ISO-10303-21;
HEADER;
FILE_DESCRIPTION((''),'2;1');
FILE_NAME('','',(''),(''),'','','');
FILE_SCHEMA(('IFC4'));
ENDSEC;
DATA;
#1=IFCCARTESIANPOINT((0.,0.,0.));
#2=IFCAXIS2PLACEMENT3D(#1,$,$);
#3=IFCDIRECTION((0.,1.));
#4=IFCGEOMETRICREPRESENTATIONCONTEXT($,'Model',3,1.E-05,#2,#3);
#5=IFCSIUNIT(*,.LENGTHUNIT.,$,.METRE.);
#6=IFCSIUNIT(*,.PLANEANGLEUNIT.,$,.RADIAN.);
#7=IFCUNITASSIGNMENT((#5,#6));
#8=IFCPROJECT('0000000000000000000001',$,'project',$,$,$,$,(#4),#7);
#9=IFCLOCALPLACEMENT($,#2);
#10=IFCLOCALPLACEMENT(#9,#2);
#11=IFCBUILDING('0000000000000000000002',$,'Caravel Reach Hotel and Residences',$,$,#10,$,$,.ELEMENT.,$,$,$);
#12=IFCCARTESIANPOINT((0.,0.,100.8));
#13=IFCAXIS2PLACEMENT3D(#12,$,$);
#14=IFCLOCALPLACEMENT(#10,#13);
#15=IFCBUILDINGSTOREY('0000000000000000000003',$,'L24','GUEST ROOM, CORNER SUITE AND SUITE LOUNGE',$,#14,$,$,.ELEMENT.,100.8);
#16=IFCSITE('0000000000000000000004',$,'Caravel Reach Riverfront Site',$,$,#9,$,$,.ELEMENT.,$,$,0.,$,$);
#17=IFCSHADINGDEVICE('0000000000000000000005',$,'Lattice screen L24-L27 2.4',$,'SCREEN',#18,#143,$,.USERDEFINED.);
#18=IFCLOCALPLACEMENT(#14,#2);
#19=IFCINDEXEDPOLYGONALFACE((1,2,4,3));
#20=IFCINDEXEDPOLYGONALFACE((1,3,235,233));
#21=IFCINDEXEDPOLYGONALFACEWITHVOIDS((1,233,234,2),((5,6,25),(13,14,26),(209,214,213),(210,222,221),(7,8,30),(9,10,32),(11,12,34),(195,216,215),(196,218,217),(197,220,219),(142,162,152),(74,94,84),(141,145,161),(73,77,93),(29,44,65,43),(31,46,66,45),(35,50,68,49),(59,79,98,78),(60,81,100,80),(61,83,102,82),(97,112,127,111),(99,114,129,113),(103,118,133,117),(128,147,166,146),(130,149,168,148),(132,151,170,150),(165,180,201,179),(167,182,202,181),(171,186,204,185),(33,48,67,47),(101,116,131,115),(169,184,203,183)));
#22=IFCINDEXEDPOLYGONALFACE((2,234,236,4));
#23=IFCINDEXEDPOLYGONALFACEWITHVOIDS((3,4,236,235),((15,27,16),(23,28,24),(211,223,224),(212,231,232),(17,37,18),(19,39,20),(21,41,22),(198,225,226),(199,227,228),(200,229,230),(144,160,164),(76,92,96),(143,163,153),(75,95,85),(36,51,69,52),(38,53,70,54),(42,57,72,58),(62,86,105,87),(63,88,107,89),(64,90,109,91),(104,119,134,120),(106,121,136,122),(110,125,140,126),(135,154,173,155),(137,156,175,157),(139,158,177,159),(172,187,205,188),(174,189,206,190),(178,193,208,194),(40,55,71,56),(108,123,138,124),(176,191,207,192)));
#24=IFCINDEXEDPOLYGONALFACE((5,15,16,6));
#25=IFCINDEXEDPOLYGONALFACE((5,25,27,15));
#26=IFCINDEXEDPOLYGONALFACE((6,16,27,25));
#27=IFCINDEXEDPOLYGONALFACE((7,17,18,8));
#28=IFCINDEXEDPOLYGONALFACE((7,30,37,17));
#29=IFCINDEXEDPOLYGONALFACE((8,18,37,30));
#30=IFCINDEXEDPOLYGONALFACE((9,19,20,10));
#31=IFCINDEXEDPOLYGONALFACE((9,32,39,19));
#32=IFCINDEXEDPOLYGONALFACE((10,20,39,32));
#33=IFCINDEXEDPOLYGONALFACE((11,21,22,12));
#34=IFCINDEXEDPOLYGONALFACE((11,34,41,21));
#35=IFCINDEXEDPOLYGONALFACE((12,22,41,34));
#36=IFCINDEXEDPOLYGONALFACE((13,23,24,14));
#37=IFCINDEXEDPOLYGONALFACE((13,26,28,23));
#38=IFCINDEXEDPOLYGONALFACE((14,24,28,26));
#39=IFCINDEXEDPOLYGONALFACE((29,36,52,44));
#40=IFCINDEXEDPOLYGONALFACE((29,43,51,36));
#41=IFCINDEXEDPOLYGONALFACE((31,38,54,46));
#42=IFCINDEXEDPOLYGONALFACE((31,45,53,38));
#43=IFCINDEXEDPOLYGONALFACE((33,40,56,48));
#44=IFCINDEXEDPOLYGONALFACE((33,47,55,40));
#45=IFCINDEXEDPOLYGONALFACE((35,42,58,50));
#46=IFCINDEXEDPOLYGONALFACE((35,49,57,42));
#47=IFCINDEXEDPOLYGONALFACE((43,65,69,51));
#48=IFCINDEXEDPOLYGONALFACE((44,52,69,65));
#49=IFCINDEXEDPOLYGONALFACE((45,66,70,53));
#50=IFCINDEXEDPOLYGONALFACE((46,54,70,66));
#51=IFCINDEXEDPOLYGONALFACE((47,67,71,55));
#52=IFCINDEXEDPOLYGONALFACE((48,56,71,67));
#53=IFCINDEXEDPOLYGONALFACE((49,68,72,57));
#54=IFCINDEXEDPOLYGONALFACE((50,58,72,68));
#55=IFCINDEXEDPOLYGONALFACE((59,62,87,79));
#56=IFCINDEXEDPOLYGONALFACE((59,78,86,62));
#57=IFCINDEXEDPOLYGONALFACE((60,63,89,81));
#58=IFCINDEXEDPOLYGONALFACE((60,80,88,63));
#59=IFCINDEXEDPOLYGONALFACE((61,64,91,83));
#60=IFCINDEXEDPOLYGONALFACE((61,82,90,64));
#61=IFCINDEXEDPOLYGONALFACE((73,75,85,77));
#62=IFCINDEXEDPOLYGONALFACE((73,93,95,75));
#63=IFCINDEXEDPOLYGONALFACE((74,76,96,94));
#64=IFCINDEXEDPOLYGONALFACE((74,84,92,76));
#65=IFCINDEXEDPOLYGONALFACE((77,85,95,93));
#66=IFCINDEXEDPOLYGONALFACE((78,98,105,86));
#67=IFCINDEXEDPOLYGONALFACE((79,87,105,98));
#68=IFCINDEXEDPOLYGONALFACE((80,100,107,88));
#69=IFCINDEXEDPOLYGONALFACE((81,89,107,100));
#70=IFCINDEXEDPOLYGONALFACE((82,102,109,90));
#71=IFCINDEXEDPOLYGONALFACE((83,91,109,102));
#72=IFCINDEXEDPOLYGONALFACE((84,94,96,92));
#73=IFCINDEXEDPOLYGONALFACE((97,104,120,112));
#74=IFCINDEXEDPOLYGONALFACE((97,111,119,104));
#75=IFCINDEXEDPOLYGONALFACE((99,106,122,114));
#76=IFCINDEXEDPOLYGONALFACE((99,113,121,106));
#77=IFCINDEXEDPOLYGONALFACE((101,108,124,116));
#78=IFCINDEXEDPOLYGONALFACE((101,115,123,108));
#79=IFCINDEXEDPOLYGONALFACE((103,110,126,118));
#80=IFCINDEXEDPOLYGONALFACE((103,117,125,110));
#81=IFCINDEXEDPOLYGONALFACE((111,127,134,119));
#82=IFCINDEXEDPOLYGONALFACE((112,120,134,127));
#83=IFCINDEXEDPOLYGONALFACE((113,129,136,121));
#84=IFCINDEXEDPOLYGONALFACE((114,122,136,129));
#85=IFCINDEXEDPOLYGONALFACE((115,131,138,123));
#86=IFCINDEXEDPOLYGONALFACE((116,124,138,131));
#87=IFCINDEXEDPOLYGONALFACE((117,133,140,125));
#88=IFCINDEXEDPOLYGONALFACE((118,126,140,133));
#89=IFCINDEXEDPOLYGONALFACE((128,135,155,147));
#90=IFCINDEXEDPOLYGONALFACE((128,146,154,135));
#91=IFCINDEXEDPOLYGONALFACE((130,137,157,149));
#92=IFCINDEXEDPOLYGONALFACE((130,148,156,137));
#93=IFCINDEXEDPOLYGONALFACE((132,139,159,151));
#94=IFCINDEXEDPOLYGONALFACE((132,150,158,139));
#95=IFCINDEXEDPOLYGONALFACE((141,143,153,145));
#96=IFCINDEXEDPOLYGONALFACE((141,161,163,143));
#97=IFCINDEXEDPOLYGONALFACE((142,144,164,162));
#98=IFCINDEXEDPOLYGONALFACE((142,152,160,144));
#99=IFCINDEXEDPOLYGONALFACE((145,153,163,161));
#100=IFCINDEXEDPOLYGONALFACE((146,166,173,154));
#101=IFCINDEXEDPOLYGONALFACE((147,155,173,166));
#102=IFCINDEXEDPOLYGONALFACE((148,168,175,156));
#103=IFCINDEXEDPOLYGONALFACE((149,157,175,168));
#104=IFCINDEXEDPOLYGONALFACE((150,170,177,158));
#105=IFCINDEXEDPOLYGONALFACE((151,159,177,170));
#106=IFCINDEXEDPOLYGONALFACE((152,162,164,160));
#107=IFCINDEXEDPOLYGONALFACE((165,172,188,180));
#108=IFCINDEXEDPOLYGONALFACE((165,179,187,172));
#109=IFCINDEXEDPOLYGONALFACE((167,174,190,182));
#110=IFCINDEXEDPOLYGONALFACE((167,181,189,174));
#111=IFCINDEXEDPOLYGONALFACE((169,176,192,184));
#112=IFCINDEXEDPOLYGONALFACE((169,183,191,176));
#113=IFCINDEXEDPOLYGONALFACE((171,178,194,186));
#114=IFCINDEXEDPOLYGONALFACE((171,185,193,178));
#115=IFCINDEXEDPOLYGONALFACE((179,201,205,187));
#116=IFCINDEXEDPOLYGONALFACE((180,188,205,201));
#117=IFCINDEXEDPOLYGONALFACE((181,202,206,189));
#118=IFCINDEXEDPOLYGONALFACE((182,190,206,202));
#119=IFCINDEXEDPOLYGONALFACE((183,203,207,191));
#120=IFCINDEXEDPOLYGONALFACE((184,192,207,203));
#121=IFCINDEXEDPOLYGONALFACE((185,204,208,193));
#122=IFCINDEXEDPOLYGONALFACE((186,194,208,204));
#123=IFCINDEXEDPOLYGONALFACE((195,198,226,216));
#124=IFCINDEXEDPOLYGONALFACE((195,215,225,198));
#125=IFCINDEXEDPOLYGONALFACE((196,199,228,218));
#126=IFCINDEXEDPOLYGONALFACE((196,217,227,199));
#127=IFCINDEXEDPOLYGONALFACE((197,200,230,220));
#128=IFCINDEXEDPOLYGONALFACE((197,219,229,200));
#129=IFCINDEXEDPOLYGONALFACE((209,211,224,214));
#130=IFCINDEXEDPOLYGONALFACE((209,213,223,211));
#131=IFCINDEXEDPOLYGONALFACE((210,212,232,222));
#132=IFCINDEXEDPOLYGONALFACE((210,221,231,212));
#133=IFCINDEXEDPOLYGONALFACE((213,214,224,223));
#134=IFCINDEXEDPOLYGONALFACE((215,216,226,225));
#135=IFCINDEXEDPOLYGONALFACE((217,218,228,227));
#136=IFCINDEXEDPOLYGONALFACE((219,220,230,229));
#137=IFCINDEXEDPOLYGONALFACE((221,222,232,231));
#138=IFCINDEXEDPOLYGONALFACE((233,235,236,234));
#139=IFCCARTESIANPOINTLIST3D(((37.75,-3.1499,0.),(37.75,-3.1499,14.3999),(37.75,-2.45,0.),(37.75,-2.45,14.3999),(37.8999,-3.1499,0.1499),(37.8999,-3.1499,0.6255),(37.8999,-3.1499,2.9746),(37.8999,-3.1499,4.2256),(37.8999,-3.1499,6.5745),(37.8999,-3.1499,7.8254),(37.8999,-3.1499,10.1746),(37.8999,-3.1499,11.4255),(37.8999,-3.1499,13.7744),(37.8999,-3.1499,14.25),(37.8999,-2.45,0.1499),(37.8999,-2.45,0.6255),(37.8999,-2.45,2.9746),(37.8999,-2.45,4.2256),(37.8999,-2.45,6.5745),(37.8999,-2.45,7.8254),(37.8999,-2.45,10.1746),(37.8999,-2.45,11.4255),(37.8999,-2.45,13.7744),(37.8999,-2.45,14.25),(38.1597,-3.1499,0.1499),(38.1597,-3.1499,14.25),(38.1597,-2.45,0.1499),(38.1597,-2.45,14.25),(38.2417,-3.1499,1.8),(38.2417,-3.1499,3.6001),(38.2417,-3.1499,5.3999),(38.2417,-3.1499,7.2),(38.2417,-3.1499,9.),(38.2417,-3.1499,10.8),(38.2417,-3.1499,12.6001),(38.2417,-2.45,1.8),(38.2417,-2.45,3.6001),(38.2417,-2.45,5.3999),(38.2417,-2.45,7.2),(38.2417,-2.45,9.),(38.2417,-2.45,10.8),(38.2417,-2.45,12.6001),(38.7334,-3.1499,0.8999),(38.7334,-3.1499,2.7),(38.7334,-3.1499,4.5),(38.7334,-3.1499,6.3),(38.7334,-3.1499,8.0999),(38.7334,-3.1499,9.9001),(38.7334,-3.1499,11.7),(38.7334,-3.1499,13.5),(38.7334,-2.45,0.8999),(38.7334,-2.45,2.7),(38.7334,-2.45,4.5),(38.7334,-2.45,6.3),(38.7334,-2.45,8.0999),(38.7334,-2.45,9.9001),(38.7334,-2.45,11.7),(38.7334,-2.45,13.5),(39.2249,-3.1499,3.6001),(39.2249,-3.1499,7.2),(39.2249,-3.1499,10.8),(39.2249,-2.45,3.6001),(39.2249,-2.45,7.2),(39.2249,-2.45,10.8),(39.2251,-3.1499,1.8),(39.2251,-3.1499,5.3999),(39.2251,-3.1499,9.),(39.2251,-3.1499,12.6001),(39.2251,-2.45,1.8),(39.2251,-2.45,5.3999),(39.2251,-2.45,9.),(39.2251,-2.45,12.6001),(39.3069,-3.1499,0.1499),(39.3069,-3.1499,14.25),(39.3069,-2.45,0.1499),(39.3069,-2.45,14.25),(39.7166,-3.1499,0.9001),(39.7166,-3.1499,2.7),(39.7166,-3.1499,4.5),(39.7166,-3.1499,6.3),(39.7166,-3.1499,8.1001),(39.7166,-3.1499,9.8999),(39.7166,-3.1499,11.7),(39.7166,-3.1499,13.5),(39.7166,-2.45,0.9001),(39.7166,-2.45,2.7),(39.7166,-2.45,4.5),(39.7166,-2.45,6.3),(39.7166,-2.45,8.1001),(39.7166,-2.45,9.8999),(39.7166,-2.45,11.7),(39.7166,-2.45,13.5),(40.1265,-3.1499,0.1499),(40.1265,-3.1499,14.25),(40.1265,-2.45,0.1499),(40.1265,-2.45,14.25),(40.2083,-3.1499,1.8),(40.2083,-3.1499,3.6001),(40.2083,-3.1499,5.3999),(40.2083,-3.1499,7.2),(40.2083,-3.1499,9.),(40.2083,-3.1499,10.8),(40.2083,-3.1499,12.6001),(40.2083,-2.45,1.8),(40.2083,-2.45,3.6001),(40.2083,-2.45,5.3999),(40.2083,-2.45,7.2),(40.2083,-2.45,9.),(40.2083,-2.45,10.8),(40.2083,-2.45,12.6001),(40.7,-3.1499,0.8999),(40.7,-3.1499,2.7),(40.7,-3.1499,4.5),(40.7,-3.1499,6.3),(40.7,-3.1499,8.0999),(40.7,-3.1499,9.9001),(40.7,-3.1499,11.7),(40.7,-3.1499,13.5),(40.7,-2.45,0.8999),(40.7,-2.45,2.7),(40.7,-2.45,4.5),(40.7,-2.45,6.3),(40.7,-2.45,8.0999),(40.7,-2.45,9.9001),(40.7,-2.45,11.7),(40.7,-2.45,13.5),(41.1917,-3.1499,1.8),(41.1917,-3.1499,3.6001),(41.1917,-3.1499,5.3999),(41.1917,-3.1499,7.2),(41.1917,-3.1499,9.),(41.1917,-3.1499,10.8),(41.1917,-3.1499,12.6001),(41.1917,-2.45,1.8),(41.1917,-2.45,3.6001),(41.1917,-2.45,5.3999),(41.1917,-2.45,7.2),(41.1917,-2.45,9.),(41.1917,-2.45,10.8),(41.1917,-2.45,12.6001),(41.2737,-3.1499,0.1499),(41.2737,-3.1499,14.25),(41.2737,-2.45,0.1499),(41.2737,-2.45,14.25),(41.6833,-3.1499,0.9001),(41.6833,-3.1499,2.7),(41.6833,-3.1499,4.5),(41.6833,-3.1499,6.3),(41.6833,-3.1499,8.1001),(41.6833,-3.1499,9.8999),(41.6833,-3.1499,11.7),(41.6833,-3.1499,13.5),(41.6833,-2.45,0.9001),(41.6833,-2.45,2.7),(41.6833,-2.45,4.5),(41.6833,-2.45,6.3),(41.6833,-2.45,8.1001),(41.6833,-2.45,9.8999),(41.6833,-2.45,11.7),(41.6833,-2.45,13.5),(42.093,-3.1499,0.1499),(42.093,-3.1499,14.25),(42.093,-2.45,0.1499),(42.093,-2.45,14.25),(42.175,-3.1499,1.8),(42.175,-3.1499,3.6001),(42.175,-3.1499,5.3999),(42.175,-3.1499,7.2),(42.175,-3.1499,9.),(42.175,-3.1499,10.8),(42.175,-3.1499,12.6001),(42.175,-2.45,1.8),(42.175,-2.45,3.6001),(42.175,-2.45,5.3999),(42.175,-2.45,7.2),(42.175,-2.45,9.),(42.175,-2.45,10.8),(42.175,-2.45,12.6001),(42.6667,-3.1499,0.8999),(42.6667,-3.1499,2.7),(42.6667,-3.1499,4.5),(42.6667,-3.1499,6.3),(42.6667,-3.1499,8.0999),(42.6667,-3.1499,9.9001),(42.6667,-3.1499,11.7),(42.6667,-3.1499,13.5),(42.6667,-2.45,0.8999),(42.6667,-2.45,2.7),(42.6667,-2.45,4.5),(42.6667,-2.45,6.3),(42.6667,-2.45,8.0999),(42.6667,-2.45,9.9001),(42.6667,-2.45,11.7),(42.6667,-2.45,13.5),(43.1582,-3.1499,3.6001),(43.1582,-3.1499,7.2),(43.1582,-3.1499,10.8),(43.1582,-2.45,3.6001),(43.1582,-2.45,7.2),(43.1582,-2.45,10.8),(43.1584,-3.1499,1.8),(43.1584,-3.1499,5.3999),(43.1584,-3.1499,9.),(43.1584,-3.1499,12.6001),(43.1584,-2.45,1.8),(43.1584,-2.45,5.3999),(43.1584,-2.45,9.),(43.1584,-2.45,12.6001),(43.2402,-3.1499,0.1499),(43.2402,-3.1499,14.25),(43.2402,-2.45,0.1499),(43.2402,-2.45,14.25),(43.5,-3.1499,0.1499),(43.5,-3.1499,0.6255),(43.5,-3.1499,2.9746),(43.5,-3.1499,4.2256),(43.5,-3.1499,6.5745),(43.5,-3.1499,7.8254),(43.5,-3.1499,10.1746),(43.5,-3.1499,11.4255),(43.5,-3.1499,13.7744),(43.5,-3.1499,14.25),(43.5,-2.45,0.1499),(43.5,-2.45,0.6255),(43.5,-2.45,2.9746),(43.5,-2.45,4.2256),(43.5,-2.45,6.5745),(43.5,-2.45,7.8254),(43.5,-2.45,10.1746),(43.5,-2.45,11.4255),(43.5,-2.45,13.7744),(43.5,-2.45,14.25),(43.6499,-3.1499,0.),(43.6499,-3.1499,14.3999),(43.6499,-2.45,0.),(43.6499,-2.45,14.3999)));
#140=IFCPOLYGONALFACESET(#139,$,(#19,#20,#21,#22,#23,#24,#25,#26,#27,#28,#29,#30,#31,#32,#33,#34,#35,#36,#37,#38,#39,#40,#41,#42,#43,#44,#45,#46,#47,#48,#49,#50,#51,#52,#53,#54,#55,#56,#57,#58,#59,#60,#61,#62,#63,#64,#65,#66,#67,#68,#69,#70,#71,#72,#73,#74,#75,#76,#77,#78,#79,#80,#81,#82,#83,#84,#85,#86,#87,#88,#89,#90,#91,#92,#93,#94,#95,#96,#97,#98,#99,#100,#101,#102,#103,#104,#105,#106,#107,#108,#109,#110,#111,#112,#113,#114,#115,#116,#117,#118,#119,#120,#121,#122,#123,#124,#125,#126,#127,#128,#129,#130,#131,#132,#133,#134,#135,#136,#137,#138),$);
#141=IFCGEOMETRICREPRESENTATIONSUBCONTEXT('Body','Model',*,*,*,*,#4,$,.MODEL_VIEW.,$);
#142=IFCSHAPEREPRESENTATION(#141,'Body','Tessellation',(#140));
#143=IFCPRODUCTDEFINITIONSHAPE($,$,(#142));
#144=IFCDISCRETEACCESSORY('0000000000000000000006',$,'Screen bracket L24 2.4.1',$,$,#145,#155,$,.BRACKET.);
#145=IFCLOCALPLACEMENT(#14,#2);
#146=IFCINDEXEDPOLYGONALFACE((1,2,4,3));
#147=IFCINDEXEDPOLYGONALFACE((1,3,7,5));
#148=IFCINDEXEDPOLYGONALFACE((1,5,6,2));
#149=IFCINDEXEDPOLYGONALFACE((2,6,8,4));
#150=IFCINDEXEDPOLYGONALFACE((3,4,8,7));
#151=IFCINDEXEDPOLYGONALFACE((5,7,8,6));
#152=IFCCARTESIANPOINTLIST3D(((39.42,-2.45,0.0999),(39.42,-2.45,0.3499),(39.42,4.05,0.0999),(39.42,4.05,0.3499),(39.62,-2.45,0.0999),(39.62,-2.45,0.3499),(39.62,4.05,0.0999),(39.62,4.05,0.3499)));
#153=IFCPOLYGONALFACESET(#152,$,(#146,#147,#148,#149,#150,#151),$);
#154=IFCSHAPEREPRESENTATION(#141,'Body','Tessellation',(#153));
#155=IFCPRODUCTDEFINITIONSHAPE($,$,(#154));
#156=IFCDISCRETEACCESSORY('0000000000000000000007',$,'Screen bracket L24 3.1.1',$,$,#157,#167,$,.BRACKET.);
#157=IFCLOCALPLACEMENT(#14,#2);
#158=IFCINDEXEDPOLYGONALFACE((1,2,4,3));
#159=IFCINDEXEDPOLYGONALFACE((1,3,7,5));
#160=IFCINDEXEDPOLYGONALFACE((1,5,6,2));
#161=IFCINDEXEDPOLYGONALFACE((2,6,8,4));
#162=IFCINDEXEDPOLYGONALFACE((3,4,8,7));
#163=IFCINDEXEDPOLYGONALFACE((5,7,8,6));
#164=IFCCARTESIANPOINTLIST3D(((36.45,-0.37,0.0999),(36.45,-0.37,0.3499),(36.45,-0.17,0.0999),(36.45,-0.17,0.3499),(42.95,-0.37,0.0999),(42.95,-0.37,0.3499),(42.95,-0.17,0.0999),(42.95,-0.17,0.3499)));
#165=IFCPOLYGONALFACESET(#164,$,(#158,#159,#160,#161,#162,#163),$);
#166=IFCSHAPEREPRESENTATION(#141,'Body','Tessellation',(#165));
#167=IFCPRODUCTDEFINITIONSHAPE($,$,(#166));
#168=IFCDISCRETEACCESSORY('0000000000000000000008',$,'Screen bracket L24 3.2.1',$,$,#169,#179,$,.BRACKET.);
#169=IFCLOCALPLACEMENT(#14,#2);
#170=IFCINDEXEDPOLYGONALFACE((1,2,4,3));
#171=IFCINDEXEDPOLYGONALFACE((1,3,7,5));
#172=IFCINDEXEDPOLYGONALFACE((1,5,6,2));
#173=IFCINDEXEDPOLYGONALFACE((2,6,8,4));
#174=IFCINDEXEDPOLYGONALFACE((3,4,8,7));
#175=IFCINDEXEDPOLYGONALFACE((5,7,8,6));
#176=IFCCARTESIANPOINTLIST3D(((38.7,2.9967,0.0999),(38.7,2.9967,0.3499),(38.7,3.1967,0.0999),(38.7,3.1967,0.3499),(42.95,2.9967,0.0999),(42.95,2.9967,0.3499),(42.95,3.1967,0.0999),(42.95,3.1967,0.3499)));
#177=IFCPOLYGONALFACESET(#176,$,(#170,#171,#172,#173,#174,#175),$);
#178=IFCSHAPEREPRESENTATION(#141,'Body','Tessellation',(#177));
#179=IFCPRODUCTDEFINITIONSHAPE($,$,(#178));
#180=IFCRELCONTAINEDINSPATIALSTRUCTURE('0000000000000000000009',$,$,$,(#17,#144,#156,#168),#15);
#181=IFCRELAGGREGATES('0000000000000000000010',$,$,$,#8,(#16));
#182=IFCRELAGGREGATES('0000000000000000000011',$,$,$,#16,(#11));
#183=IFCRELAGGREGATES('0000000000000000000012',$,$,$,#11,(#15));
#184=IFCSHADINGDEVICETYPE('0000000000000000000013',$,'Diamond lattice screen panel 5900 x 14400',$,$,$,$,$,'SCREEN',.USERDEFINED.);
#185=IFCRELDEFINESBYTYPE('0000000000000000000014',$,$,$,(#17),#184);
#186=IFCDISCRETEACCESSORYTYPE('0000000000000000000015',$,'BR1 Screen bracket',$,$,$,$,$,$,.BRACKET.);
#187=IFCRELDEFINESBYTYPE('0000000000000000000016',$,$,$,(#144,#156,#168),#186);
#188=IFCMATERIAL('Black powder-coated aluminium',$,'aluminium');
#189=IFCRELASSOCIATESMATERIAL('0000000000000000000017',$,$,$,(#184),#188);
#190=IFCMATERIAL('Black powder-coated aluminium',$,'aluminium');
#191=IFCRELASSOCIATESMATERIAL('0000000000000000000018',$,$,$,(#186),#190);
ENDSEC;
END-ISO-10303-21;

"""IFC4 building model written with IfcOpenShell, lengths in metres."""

from ifc_helpers import new_model, si_unit, direction, frame, origin, origin_2d, place, context, subcontext, project, spatial, polyline, rectangle, outline, extrude, material, type_object, element, save


model = new_model("IFC4")

# Units and contexts
model_context = context("Model", 3, precision=1e-05, world=origin(), true_north=direction((0.0, 1.0)))
body_context = subcontext(model_context, "Body", "Model", "MODEL_VIEW")
ifc_project = project(units=[si_unit("LENGTHUNIT", "METRE"), si_unit("PLANEANGLEUNIT", "RADIAN")], contexts=[model_context])

# Site, building, storey
site_placement = place(None, origin())
site = spatial("IfcSite", under=ifc_project, at=site_placement, Name="Caravel Reach Riverfront Site", CompositionType="ELEMENT", RefElevation=0.0)
building_placement = place(site_placement, origin())
building = spatial("IfcBuilding", under=site, at=building_placement, Name="Caravel Reach Hotel and Residences", CompositionType="ELEMENT")
storey_placement = place(building_placement, frame((0.0, 0.0, 100.8)))
storey = spatial("IfcBuildingStorey", under=building, at=storey_placement, Name="L24", Description="GUEST ROOM, CORNER SUITE AND SUITE LOUNGE", CompositionType="ELEMENT", Elevation=100.8)

# Shading device
ifc_material_1 = material(Name="Black powder-coated aluminium", Category="aluminium")
shading_device_type_1 = type_object("IfcShadingDeviceType", Name="Diamond lattice screen panel 5900 x 14400", ElementType="SCREEN", PredefinedType="USERDEFINED", material=ifc_material_1)
shading_device_placement = place(storey_placement, frame((37.75, -2.45, 0.0), z_axis=(0.0, -1.0, 0.0), x_axis=(1.0, 0.0, 0.0)))
element("IfcShadingDevice", 1, at=shading_device_placement, inside=storey, type_object=shading_device_type_1, Name="Lattice screen L24-L27 2.4", ObjectType="SCREEN", PredefinedType="USERDEFINED", context=body_context, shape_type="SweptSolid", body=[
    extrude(outline(polyline([(0.0, 0.0), (5.8999, 0.0), (5.8999, 14.3999), (0.0, 14.3999), (0.0, 0.0)]), holes=[polyline([(0.4097, 0.1499), (0.1499, 0.6255), (0.1499, 0.1499), (0.4097, 0.1499)]), polyline([(0.4917, 3.6001), (0.1499, 4.2256), (0.1499, 2.9746), (0.4917, 3.6001)]), polyline([(0.4917, 7.2), (0.1499, 7.8254), (0.1499, 6.5745), (0.4917, 7.2)]), polyline([(0.4917, 10.8), (0.1499, 11.4255), (0.1499, 10.1746), (0.4917, 10.8)]), polyline([(0.1499, 13.7744), (0.4097, 14.25), (0.1499, 14.25), (0.1499, 13.7744)]), polyline([(0.9834, 2.7), (0.4917, 1.8), (0.9834, 0.8999), (1.4751, 1.8), (0.9834, 2.7)]), polyline([(0.9834, 6.3), (0.4917, 5.3999), (0.9834, 4.5), (1.4751, 5.3999), (0.9834, 6.3)]), polyline([(0.9834, 9.9001), (0.4917, 9.0), (0.9834, 8.0999), (1.4751, 9.0), (0.9834, 9.9001)]), polyline([(0.9834, 13.5), (0.4917, 12.6001), (0.9834, 11.7), (1.4751, 12.6001), (0.9834, 13.5)]), polyline([(1.9666, 0.9001), (1.5569, 0.1499), (2.3765, 0.1499), (1.9666, 0.9001)]), polyline([(1.9666, 4.5), (1.4749, 3.6001), (1.9666, 2.7), (2.4583, 3.6001), (1.9666, 4.5)]), polyline([(1.9666, 8.1001), (1.4749, 7.2), (1.9666, 6.3), (2.4583, 7.2), (1.9666, 8.1001)]), polyline([(1.9666, 11.7), (1.4749, 10.8), (1.9666, 9.8999), (2.4583, 10.8), (1.9666, 11.7)]), polyline([(1.9666, 13.5), (2.3765, 14.25), (1.5569, 14.25), (1.9666, 13.5)]), polyline([(2.95, 2.7), (2.4583, 1.8), (2.95, 0.8999), (3.4417, 1.8), (2.95, 2.7)]), polyline([(2.95, 6.3), (2.4583, 5.3999), (2.95, 4.5), (3.4417, 5.3999), (2.95, 6.3)]), polyline([(2.95, 9.9001), (2.4583, 9.0), (2.95, 8.0999), (3.4417, 9.0), (2.95, 9.9001)]), polyline([(2.95, 13.5), (2.4583, 12.6001), (2.95, 11.7), (3.4417, 12.6001), (2.95, 13.5)]), polyline([(3.9333, 0.9001), (3.5237, 0.1499), (4.343, 0.1499), (3.9333, 0.9001)]), polyline([(3.9333, 4.5), (3.4417, 3.6001), (3.9333, 2.7), (4.425, 3.6001), (3.9333, 4.5)]), polyline([(3.9333, 8.1001), (3.4417, 7.2), (3.9333, 6.3), (4.425, 7.2), (3.9333, 8.1001)]), polyline([(3.9333, 11.7), (3.4417, 10.8), (3.9333, 9.8999), (4.425, 10.8), (3.9333, 11.7)]), polyline([(3.9333, 13.5), (4.343, 14.25), (3.5237, 14.25), (3.9333, 13.5)]), polyline([(4.9167, 2.7), (4.425, 1.8), (4.9167, 0.8999), (5.4084, 1.8), (4.9167, 2.7)]), polyline([(4.9167, 6.3), (4.425, 5.3999), (4.9167, 4.5), (5.4084, 5.3999), (4.9167, 6.3)]), polyline([(4.9167, 9.9001), (4.425, 9.0), (4.9167, 8.0999), (5.4084, 9.0), (4.9167, 9.9001)]), polyline([(4.9167, 13.5), (4.425, 12.6001), (4.9167, 11.7), (5.4084, 12.6001), (4.9167, 13.5)]), polyline([(5.75, 0.6255), (5.4902, 0.1499), (5.75, 0.1499), (5.75, 0.6255)]), polyline([(5.4082, 3.6001), (5.75, 2.9746), (5.75, 4.2256), (5.4082, 3.6001)]), polyline([(5.4082, 7.2), (5.75, 6.5745), (5.75, 7.8254), (5.4082, 7.2)]), polyline([(5.4082, 10.8), (5.75, 10.1746), (5.75, 11.4255), (5.4082, 10.8)]), polyline([(5.4902, 14.25), (5.75, 13.7744), (5.75, 14.25), (5.4902, 14.25)])]), origin(), (0.0, 0.0, 1.0), 0.7),
])

# Discrete accessories
ifc_material_2 = material(Name="Black powder-coated aluminium", Category="aluminium")
discrete_accessory_type = type_object("IfcDiscreteAccessoryType", Name="BR1 Screen bracket", PredefinedType="BRACKET", material=ifc_material_2)
for number, where, z_axis, x_axis, name in (
    (2, (39.52, 0.8, 0.0999), (0.0, 0.0, 1.0), (0.0, -1.0, 0.0), "Screen bracket L24 2.4.1"),
    (3, (39.7, -0.27, 0.0999), (0.0, 0.0, 1.0), (1.0, 0.0, 0.0), "Screen bracket L24 3.1.1"),
):
    element("IfcDiscreteAccessory", number, at=place(storey_placement, frame(where, z_axis=z_axis, x_axis=x_axis)), inside=storey, type_object=discrete_accessory_type, Name=name, PredefinedType="BRACKET", context=body_context, shape_type="SweptSolid", body=[
        extrude(rectangle(XDim=6.5, YDim=0.2, at=origin_2d()), origin(), (0.0, 0.0, 1.0), 0.25),
    ])
discrete_accessory_placement = place(storey_placement, frame((40.825, 3.0967, 0.0999), z_axis=(0.0, 0.0, 1.0), x_axis=(1.0, 0.0, 0.0)))
element("IfcDiscreteAccessory", 4, at=discrete_accessory_placement, inside=storey, type_object=discrete_accessory_type, Name="Screen bracket L24 3.2.1", PredefinedType="BRACKET", context=body_context, shape_type="SweptSolid", body=[
    extrude(rectangle(XDim=4.25, YDim=0.2, at=origin_2d()), origin(), (0.0, 0.0, 1.0), 0.25),
])

save(model, "model.ifc")
